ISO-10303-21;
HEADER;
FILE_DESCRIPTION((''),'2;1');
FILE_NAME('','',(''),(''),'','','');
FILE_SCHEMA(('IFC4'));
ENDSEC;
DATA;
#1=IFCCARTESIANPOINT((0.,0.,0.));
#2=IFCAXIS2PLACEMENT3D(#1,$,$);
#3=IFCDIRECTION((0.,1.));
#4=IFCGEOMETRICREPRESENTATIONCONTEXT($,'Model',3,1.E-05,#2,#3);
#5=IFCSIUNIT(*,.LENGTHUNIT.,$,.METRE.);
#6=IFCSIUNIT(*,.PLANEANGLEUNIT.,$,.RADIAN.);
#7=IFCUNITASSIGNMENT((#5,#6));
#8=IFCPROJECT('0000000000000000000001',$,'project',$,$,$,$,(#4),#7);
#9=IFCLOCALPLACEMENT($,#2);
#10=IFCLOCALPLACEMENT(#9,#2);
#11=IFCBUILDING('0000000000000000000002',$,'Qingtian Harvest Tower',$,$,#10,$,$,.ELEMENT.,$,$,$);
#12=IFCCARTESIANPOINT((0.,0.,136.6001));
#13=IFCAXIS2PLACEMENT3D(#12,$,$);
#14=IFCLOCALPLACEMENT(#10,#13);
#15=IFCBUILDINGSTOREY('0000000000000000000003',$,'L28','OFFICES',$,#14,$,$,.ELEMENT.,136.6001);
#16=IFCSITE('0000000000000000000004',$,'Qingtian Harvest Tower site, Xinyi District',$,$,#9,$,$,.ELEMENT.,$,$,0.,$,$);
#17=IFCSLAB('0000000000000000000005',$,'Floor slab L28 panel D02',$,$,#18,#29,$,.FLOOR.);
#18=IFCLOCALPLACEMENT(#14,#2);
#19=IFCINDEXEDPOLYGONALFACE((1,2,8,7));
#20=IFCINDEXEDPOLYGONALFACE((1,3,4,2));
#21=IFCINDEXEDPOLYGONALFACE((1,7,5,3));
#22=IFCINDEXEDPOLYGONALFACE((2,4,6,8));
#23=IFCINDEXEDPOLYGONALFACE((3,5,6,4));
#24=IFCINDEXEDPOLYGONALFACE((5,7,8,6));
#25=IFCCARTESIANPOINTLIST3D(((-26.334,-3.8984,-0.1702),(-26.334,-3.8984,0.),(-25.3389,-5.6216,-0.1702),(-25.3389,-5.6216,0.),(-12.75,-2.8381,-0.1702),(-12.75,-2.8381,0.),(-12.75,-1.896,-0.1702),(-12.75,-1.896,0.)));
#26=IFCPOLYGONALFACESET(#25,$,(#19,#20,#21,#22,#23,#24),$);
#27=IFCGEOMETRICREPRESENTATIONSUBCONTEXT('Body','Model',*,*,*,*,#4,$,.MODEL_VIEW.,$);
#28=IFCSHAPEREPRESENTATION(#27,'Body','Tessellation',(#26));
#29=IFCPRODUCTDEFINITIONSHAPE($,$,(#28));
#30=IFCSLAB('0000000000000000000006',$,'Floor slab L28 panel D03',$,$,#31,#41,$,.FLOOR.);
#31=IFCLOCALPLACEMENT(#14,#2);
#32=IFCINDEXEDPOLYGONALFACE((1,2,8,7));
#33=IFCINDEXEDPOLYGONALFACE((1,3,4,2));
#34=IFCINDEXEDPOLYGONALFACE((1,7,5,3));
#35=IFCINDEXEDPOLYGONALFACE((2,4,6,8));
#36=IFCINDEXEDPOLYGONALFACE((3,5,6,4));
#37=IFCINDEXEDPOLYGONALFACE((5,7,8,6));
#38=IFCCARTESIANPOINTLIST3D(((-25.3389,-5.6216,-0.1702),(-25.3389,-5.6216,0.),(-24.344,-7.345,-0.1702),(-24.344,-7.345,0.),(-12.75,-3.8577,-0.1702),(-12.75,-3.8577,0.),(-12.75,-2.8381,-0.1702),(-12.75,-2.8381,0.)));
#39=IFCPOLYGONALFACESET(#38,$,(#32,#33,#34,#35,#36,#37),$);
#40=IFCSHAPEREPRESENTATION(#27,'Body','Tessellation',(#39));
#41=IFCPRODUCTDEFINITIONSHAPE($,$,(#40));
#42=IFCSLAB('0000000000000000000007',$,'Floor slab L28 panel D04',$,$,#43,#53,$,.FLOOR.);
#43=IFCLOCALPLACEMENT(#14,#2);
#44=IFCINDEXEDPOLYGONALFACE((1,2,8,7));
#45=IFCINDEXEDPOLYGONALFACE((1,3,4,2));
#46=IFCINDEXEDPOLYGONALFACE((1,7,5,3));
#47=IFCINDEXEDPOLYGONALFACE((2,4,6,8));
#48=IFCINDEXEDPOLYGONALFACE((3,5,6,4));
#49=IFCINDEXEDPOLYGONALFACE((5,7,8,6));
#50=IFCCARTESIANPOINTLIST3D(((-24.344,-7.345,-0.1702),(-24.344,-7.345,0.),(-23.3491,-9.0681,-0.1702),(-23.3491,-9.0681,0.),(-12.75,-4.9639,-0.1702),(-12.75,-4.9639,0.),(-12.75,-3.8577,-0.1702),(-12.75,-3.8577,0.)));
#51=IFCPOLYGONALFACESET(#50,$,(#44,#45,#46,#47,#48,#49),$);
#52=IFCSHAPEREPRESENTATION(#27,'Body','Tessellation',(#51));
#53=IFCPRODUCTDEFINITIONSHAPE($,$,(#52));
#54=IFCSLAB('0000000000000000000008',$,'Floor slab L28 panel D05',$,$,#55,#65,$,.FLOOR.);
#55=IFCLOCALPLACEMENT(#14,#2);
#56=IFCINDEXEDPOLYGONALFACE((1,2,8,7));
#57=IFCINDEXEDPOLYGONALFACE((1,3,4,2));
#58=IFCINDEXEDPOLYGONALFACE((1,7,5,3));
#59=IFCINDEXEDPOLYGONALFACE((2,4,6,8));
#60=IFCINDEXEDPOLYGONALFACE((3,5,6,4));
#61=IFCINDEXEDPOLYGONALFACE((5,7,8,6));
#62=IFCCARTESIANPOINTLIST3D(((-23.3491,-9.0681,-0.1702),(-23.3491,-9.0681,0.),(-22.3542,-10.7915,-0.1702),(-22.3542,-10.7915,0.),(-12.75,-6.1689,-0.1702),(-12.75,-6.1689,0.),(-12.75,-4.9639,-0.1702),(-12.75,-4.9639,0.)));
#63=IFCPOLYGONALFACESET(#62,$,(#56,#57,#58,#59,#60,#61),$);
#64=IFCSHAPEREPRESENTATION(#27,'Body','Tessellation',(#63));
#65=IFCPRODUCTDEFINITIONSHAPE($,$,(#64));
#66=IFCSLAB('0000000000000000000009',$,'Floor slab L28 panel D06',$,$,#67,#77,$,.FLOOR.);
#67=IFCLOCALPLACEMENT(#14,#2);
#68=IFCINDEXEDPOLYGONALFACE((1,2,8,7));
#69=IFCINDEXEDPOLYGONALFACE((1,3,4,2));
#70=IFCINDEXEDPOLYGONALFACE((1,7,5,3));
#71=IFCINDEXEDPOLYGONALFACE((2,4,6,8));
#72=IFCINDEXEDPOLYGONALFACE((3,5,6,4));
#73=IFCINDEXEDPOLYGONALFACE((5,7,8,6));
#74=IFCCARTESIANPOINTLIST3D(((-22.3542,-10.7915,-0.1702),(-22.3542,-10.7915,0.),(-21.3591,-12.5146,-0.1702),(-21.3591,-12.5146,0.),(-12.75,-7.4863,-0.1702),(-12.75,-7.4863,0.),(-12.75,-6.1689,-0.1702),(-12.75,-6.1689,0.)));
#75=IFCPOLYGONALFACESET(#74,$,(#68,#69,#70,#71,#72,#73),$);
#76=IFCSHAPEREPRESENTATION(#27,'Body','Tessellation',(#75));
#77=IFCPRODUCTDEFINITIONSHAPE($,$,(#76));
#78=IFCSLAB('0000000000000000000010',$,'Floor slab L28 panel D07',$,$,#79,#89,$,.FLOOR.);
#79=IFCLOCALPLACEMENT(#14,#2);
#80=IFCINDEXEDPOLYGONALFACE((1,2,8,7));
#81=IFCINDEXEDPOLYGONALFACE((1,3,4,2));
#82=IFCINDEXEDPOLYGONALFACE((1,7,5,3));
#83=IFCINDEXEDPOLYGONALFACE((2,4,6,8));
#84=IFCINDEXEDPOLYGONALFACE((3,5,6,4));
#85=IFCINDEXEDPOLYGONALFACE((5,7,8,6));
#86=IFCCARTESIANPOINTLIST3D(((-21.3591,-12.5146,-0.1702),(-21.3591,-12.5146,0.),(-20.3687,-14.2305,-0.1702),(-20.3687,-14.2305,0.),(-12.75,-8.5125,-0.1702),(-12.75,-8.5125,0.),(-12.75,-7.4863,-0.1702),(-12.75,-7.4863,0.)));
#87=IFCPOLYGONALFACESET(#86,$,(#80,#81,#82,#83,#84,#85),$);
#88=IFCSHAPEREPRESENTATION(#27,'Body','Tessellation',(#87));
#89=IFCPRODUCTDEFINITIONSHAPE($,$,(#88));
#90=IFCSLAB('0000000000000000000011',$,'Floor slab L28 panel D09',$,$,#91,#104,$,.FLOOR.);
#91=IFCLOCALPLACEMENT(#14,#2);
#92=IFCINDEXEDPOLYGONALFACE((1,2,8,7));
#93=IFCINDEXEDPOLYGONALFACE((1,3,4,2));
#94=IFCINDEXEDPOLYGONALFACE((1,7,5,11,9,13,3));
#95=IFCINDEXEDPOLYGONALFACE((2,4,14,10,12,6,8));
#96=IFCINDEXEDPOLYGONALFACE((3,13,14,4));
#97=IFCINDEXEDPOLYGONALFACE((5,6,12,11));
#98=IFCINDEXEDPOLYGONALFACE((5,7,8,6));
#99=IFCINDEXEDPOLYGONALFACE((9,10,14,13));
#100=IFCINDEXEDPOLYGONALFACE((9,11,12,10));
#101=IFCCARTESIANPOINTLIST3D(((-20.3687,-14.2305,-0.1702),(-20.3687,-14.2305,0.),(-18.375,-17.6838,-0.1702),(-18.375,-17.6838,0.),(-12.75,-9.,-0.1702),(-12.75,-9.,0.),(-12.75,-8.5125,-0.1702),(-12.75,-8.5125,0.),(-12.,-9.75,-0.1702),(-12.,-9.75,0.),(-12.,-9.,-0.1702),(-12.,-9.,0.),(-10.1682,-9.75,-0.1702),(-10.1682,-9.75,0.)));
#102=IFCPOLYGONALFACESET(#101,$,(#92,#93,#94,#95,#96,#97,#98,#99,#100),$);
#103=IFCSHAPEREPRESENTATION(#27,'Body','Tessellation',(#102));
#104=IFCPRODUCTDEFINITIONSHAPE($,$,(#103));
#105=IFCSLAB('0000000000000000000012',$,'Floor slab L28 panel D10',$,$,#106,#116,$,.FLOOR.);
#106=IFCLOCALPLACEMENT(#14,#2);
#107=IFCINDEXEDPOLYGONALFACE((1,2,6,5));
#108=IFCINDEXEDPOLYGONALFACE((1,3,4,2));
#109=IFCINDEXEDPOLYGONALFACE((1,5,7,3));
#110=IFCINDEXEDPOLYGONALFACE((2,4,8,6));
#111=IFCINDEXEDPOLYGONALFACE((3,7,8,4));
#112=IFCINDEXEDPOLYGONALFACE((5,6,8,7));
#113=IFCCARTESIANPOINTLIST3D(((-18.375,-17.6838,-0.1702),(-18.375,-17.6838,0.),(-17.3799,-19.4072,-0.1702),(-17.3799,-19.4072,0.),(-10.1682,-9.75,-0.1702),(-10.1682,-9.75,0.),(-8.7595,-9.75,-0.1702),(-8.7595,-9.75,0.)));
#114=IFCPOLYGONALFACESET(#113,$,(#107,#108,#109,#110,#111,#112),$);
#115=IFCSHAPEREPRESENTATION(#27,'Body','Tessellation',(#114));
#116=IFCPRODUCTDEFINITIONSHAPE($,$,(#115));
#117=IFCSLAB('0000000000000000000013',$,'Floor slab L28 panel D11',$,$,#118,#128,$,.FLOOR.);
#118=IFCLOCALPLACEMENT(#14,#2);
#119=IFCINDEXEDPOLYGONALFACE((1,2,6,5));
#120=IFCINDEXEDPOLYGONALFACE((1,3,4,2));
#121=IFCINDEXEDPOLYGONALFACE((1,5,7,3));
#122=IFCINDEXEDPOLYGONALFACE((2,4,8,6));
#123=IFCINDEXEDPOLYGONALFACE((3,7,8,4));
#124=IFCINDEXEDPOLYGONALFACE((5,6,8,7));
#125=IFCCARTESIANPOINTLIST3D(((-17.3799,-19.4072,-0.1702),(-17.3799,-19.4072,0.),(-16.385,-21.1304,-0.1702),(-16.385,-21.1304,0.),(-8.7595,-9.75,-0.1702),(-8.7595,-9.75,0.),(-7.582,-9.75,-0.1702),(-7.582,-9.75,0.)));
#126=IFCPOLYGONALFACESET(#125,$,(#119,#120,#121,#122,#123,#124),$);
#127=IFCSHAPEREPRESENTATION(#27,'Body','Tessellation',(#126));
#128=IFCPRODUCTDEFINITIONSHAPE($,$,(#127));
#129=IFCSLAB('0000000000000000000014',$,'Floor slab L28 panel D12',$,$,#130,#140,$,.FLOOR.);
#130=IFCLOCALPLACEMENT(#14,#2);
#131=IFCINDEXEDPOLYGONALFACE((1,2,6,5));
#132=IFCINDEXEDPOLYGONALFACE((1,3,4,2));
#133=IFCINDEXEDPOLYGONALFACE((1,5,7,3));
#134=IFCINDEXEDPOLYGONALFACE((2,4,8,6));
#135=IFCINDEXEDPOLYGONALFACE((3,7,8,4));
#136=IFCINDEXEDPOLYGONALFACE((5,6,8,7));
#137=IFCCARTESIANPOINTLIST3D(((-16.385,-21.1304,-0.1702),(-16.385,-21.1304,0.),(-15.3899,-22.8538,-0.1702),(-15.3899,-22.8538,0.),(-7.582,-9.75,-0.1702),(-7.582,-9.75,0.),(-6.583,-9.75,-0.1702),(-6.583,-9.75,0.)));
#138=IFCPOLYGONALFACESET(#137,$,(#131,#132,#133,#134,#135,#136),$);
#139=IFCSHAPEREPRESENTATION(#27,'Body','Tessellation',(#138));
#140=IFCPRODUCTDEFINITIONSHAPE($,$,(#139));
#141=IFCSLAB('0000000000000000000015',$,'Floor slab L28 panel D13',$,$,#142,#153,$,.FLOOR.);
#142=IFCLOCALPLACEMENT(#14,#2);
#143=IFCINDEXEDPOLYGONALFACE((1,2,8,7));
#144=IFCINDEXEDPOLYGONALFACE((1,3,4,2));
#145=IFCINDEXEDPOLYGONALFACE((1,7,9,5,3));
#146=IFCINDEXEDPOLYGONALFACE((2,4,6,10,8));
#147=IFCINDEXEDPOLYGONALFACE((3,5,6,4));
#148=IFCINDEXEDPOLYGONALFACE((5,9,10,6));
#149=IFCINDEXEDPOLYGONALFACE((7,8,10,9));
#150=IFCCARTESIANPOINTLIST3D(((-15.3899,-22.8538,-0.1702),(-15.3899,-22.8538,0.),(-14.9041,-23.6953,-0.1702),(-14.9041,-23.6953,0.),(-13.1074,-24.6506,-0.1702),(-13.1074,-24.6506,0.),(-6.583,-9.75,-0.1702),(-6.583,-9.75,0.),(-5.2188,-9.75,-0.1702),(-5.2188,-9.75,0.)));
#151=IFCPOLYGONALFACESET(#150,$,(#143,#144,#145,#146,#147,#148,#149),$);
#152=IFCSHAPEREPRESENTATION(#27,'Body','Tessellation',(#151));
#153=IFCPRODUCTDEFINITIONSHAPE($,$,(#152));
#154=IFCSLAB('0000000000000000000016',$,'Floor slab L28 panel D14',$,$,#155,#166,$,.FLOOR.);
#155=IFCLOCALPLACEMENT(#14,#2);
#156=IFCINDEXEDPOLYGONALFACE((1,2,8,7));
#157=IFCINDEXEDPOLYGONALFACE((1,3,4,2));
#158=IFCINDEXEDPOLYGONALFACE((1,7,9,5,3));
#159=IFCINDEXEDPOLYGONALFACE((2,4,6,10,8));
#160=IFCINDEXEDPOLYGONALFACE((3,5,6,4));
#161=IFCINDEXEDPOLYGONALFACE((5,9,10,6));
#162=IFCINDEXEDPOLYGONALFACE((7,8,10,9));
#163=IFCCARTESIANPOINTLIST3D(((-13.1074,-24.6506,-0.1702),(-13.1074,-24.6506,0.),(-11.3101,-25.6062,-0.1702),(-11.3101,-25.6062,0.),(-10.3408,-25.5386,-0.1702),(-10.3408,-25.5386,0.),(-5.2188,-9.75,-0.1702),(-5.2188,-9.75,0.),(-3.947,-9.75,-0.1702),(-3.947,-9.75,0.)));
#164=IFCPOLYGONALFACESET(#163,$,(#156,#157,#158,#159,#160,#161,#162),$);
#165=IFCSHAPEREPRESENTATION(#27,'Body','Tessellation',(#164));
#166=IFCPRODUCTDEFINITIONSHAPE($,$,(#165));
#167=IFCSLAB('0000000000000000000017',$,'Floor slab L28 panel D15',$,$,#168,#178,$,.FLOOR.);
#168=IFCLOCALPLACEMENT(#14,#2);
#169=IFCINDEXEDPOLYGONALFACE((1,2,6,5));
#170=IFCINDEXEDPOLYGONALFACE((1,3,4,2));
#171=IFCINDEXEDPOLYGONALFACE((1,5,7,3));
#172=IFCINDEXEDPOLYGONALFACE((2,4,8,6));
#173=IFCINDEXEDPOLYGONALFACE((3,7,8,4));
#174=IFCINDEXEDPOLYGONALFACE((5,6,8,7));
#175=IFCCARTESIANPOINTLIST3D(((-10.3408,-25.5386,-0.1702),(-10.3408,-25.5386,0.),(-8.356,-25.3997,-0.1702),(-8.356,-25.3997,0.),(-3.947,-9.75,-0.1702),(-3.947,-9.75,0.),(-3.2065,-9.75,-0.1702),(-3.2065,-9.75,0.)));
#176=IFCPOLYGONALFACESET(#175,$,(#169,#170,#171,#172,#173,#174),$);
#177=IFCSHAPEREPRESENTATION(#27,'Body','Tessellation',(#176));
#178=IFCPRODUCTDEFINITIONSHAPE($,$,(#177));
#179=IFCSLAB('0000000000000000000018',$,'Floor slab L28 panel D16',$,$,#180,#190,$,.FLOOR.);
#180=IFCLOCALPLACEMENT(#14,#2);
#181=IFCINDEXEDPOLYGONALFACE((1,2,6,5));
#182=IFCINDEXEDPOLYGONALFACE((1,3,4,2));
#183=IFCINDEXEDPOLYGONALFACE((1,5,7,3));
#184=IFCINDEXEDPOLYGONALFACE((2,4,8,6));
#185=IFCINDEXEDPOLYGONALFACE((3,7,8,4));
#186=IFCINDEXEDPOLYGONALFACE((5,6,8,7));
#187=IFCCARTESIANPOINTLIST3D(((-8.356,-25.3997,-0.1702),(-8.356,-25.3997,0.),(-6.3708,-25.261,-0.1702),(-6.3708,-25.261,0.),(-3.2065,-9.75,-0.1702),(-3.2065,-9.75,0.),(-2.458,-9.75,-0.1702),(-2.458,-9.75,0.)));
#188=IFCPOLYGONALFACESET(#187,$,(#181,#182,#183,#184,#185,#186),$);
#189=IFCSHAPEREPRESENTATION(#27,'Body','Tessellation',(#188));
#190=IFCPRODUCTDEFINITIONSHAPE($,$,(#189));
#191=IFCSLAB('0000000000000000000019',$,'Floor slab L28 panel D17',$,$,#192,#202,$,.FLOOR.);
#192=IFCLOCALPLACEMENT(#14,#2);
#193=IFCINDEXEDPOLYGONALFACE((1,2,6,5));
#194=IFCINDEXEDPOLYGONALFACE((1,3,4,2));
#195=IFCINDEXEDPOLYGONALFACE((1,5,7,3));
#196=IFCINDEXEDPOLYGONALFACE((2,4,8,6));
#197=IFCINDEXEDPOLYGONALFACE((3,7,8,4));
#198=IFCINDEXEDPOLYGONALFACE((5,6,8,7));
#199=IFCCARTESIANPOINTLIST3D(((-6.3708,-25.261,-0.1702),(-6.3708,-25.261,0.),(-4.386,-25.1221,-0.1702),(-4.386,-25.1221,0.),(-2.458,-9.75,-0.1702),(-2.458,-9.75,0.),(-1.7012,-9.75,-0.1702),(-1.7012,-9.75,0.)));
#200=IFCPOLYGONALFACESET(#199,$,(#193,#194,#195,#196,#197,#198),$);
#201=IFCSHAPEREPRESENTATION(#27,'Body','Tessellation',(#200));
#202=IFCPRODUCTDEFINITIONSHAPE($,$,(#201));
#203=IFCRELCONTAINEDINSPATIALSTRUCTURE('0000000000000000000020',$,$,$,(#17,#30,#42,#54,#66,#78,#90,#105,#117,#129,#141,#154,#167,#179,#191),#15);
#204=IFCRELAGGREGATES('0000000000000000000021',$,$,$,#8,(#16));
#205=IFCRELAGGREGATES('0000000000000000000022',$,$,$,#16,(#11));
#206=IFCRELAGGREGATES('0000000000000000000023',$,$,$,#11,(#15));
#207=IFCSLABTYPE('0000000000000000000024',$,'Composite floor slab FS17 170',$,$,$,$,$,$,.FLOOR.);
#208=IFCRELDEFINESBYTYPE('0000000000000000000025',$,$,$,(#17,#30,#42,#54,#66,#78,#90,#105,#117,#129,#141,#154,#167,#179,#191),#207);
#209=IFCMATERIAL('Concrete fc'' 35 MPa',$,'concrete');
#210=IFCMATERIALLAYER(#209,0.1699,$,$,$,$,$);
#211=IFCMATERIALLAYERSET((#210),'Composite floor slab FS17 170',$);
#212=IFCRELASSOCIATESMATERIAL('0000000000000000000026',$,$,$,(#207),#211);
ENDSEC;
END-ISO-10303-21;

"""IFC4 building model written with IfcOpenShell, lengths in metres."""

from ifc_helpers import new_model, si_unit, direction, frame, origin, place, context, subcontext, project, spatial, polyline, outline, extrude, material, layer, layer_set, type_object, element, save


model = new_model("IFC4")

# Units and contexts
model_context = context("Model", 3, precision=1e-05, world=origin(), true_north=direction((0.0, 1.0)))
body_context = subcontext(model_context, "Body", "Model", "MODEL_VIEW")
ifc_project = project(units=[si_unit("LENGTHUNIT", "METRE"), si_unit("PLANEANGLEUNIT", "RADIAN")], contexts=[model_context])

# Site, building, storey
site_placement = place(None, origin())
site = spatial("IfcSite", under=ifc_project, at=site_placement, Name="Qingtian Harvest Tower site, Xinyi District", CompositionType="ELEMENT", RefElevation=0.0)
building_placement = place(site_placement, origin())
building = spatial("IfcBuilding", under=site, at=building_placement, Name="Qingtian Harvest Tower", CompositionType="ELEMENT")
storey_placement = place(building_placement, frame((0.0, 0.0, 136.6001)))
storey = spatial("IfcBuildingStorey", under=building, at=storey_placement, Name="L28", Description="OFFICES", CompositionType="ELEMENT", Elevation=136.6001)

# Slabs
ifc_material = material(Name="Concrete fc' 35 MPa", Category="concrete")
ifc_layer = layer(ifc_material, 0.1699)
ifc_layer_set = layer_set([ifc_layer], Name="Composite floor slab FS17 170")
slab_type = type_object("IfcSlabType", Name="Composite floor slab FS17 170", PredefinedType="FLOOR", material=ifc_layer_set)
slab_1_placement = place(storey_placement, frame((0.0, 0.0, -0.1702)))
element("IfcSlab", 1, at=slab_1_placement, inside=storey, type_object=slab_type, Name="Floor slab L28 panel D02", PredefinedType="FLOOR", context=body_context, shape_type="SweptSolid", body=[
    extrude(outline(polyline([(-12.75, -2.8381), (-25.3389, -5.6216), (-26.334, -3.8984), (-12.75, -1.896), (-12.75, -2.8381)])), origin(), (0.0, 0.0, 1.0), 0.1702),
])
slab_2_placement = place(storey_placement, frame((0.0, 0.0, -0.1702)))
element("IfcSlab", 2, at=slab_2_placement, inside=storey, type_object=slab_type, Name="Floor slab L28 panel D03", PredefinedType="FLOOR", context=body_context, shape_type="SweptSolid", body=[
    extrude(outline(polyline([(-12.75, -3.8577), (-24.344, -7.345), (-25.3389, -5.6216), (-12.75, -2.8381), (-12.75, -3.8577)])), origin(), (0.0, 0.0, 1.0), 0.1702),
])
slab_3_placement = place(storey_placement, frame((0.0, 0.0, -0.1702)))
element("IfcSlab", 3, at=slab_3_placement, inside=storey, type_object=slab_type, Name="Floor slab L28 panel D04", PredefinedType="FLOOR", context=body_context, shape_type="SweptSolid", body=[
    extrude(outline(polyline([(-12.75, -4.9639), (-23.3491, -9.0681), (-24.344, -7.345), (-12.75, -3.8577), (-12.75, -4.9639)])), origin(), (0.0, 0.0, 1.0), 0.1702),
])
slab_4_placement = place(storey_placement, frame((0.0, 0.0, -0.1702)))
element("IfcSlab", 4, at=slab_4_placement, inside=storey, type_object=slab_type, Name="Floor slab L28 panel D05", PredefinedType="FLOOR", context=body_context, shape_type="SweptSolid", body=[
    extrude(outline(polyline([(-12.75, -6.1689), (-22.3542, -10.7915), (-23.3491, -9.0681), (-12.75, -4.9639), (-12.75, -6.1689)])), origin(), (0.0, 0.0, 1.0), 0.1702),
])
slab_5_placement = place(storey_placement, frame((0.0, 0.0, -0.1702)))
element("IfcSlab", 5, at=slab_5_placement, inside=storey, type_object=slab_type, Name="Floor slab L28 panel D06", PredefinedType="FLOOR", context=body_context, shape_type="SweptSolid", body=[
    extrude(outline(polyline([(-12.75, -7.4863), (-21.3591, -12.5146), (-22.3542, -10.7915), (-12.75, -6.1689), (-12.75, -7.4863)])), origin(), (0.0, 0.0, 1.0), 0.1702),
])
slab_6_placement = place(storey_placement, frame((0.0, 0.0, -0.1702)))
element("IfcSlab", 6, at=slab_6_placement, inside=storey, type_object=slab_type, Name="Floor slab L28 panel D07", PredefinedType="FLOOR", context=body_context, shape_type="SweptSolid", body=[
    extrude(outline(polyline([(-12.75, -8.5125), (-20.3687, -14.2305), (-21.3591, -12.5146), (-12.75, -7.4863), (-12.75, -8.5125)])), origin(), (0.0, 0.0, 1.0), 0.1702),
])
slab_7_placement = place(storey_placement, frame((0.0, 0.0, -0.1702)))
element("IfcSlab", 7, at=slab_7_placement, inside=storey, type_object=slab_type, Name="Floor slab L28 panel D09", PredefinedType="FLOOR", context=body_context, shape_type="SweptSolid", body=[
    extrude(outline(polyline([(-18.375, -17.6838), (-20.3687, -14.2305), (-12.75, -8.5125), (-12.75, -9.0), (-12.0, -9.0), (-12.0, -9.75), (-10.1682, -9.75), (-18.375, -17.6838)])), origin(), (0.0, 0.0, 1.0), 0.1702),
])
slab_8_placement = place(storey_placement, frame((0.0, 0.0, -0.1702)))
element("IfcSlab", 8, at=slab_8_placement, inside=storey, type_object=slab_type, Name="Floor slab L28 panel D10", PredefinedType="FLOOR", context=body_context, shape_type="SweptSolid", body=[
    extrude(outline(polyline([(-8.7595, -9.75), (-17.3799, -19.4072), (-18.375, -17.6838), (-10.1682, -9.75), (-8.7595, -9.75)])), origin(), (0.0, 0.0, 1.0), 0.1702),
])
slab_9_placement = place(storey_placement, frame((0.0, 0.0, -0.1702)))
element("IfcSlab", 9, at=slab_9_placement, inside=storey, type_object=slab_type, Name="Floor slab L28 panel D11", PredefinedType="FLOOR", context=body_context, shape_type="SweptSolid", body=[
    extrude(outline(polyline([(-7.582, -9.75), (-16.385, -21.1304), (-17.3799, -19.4072), (-8.7595, -9.75), (-7.582, -9.75)])), origin(), (0.0, 0.0, 1.0), 0.1702),
])
slab_10_placement = place(storey_placement, frame((0.0, 0.0, -0.1702)))
element("IfcSlab", 10, at=slab_10_placement, inside=storey, type_object=slab_type, Name="Floor slab L28 panel D12", PredefinedType="FLOOR", context=body_context, shape_type="SweptSolid", body=[
    extrude(outline(polyline([(-6.583, -9.75), (-15.3899, -22.8538), (-16.385, -21.1304), (-7.582, -9.75), (-6.583, -9.75)])), origin(), (0.0, 0.0, 1.0), 0.1702),
])
slab_11_placement = place(storey_placement, frame((0.0, 0.0, -0.1702)))
element("IfcSlab", 11, at=slab_11_placement, inside=storey, type_object=slab_type, Name="Floor slab L28 panel D13", PredefinedType="FLOOR", context=body_context, shape_type="SweptSolid", body=[
    extrude(outline(polyline([(-6.583, -9.75), (-5.2188, -9.75), (-13.1074, -24.6506), (-14.9041, -23.6953), (-15.3899, -22.8538), (-6.583, -9.75)])), origin(), (0.0, 0.0, 1.0), 0.1702),
])
slab_12_placement = place(storey_placement, frame((0.0, 0.0, -0.1702)))
element("IfcSlab", 12, at=slab_12_placement, inside=storey, type_object=slab_type, Name="Floor slab L28 panel D14", PredefinedType="FLOOR", context=body_context, shape_type="SweptSolid", body=[
    extrude(outline(polyline([(-5.2188, -9.75), (-3.947, -9.75), (-10.3408, -25.5386), (-11.3101, -25.6062), (-13.1074, -24.6506), (-5.2188, -9.75)])), origin(), (0.0, 0.0, 1.0), 0.1702),
])
slab_13_placement = place(storey_placement, frame((0.0, 0.0, -0.1702)))
element("IfcSlab", 13, at=slab_13_placement, inside=storey, type_object=slab_type, Name="Floor slab L28 panel D15", PredefinedType="FLOOR", context=body_context, shape_type="SweptSolid", body=[
    extrude(outline(polyline([(-3.2065, -9.75), (-8.356, -25.3997), (-10.3408, -25.5386), (-3.947, -9.75), (-3.2065, -9.75)])), origin(), (0.0, 0.0, 1.0), 0.1702),
])
slab_14_placement = place(storey_placement, frame((0.0, 0.0, -0.1702)))
element("IfcSlab", 14, at=slab_14_placement, inside=storey, type_object=slab_type, Name="Floor slab L28 panel D16", PredefinedType="FLOOR", context=body_context, shape_type="SweptSolid", body=[
    extrude(outline(polyline([(-2.458, -9.75), (-6.3708, -25.261), (-8.356, -25.3997), (-3.2065, -9.75), (-2.458, -9.75)])), origin(), (0.0, 0.0, 1.0), 0.1702),
])
slab_15_placement = place(storey_placement, frame((0.0, 0.0, -0.1702)))
element("IfcSlab", 15, at=slab_15_placement, inside=storey, type_object=slab_type, Name="Floor slab L28 panel D17", PredefinedType="FLOOR", context=body_context, shape_type="SweptSolid", body=[
    extrude(outline(polyline([(-1.7012, -9.75), (-4.386, -25.1221), (-6.3708, -25.261), (-2.458, -9.75), (-1.7012, -9.75)])), origin(), (0.0, 0.0, 1.0), 0.1702),
])

save(model, "model.ifc")
